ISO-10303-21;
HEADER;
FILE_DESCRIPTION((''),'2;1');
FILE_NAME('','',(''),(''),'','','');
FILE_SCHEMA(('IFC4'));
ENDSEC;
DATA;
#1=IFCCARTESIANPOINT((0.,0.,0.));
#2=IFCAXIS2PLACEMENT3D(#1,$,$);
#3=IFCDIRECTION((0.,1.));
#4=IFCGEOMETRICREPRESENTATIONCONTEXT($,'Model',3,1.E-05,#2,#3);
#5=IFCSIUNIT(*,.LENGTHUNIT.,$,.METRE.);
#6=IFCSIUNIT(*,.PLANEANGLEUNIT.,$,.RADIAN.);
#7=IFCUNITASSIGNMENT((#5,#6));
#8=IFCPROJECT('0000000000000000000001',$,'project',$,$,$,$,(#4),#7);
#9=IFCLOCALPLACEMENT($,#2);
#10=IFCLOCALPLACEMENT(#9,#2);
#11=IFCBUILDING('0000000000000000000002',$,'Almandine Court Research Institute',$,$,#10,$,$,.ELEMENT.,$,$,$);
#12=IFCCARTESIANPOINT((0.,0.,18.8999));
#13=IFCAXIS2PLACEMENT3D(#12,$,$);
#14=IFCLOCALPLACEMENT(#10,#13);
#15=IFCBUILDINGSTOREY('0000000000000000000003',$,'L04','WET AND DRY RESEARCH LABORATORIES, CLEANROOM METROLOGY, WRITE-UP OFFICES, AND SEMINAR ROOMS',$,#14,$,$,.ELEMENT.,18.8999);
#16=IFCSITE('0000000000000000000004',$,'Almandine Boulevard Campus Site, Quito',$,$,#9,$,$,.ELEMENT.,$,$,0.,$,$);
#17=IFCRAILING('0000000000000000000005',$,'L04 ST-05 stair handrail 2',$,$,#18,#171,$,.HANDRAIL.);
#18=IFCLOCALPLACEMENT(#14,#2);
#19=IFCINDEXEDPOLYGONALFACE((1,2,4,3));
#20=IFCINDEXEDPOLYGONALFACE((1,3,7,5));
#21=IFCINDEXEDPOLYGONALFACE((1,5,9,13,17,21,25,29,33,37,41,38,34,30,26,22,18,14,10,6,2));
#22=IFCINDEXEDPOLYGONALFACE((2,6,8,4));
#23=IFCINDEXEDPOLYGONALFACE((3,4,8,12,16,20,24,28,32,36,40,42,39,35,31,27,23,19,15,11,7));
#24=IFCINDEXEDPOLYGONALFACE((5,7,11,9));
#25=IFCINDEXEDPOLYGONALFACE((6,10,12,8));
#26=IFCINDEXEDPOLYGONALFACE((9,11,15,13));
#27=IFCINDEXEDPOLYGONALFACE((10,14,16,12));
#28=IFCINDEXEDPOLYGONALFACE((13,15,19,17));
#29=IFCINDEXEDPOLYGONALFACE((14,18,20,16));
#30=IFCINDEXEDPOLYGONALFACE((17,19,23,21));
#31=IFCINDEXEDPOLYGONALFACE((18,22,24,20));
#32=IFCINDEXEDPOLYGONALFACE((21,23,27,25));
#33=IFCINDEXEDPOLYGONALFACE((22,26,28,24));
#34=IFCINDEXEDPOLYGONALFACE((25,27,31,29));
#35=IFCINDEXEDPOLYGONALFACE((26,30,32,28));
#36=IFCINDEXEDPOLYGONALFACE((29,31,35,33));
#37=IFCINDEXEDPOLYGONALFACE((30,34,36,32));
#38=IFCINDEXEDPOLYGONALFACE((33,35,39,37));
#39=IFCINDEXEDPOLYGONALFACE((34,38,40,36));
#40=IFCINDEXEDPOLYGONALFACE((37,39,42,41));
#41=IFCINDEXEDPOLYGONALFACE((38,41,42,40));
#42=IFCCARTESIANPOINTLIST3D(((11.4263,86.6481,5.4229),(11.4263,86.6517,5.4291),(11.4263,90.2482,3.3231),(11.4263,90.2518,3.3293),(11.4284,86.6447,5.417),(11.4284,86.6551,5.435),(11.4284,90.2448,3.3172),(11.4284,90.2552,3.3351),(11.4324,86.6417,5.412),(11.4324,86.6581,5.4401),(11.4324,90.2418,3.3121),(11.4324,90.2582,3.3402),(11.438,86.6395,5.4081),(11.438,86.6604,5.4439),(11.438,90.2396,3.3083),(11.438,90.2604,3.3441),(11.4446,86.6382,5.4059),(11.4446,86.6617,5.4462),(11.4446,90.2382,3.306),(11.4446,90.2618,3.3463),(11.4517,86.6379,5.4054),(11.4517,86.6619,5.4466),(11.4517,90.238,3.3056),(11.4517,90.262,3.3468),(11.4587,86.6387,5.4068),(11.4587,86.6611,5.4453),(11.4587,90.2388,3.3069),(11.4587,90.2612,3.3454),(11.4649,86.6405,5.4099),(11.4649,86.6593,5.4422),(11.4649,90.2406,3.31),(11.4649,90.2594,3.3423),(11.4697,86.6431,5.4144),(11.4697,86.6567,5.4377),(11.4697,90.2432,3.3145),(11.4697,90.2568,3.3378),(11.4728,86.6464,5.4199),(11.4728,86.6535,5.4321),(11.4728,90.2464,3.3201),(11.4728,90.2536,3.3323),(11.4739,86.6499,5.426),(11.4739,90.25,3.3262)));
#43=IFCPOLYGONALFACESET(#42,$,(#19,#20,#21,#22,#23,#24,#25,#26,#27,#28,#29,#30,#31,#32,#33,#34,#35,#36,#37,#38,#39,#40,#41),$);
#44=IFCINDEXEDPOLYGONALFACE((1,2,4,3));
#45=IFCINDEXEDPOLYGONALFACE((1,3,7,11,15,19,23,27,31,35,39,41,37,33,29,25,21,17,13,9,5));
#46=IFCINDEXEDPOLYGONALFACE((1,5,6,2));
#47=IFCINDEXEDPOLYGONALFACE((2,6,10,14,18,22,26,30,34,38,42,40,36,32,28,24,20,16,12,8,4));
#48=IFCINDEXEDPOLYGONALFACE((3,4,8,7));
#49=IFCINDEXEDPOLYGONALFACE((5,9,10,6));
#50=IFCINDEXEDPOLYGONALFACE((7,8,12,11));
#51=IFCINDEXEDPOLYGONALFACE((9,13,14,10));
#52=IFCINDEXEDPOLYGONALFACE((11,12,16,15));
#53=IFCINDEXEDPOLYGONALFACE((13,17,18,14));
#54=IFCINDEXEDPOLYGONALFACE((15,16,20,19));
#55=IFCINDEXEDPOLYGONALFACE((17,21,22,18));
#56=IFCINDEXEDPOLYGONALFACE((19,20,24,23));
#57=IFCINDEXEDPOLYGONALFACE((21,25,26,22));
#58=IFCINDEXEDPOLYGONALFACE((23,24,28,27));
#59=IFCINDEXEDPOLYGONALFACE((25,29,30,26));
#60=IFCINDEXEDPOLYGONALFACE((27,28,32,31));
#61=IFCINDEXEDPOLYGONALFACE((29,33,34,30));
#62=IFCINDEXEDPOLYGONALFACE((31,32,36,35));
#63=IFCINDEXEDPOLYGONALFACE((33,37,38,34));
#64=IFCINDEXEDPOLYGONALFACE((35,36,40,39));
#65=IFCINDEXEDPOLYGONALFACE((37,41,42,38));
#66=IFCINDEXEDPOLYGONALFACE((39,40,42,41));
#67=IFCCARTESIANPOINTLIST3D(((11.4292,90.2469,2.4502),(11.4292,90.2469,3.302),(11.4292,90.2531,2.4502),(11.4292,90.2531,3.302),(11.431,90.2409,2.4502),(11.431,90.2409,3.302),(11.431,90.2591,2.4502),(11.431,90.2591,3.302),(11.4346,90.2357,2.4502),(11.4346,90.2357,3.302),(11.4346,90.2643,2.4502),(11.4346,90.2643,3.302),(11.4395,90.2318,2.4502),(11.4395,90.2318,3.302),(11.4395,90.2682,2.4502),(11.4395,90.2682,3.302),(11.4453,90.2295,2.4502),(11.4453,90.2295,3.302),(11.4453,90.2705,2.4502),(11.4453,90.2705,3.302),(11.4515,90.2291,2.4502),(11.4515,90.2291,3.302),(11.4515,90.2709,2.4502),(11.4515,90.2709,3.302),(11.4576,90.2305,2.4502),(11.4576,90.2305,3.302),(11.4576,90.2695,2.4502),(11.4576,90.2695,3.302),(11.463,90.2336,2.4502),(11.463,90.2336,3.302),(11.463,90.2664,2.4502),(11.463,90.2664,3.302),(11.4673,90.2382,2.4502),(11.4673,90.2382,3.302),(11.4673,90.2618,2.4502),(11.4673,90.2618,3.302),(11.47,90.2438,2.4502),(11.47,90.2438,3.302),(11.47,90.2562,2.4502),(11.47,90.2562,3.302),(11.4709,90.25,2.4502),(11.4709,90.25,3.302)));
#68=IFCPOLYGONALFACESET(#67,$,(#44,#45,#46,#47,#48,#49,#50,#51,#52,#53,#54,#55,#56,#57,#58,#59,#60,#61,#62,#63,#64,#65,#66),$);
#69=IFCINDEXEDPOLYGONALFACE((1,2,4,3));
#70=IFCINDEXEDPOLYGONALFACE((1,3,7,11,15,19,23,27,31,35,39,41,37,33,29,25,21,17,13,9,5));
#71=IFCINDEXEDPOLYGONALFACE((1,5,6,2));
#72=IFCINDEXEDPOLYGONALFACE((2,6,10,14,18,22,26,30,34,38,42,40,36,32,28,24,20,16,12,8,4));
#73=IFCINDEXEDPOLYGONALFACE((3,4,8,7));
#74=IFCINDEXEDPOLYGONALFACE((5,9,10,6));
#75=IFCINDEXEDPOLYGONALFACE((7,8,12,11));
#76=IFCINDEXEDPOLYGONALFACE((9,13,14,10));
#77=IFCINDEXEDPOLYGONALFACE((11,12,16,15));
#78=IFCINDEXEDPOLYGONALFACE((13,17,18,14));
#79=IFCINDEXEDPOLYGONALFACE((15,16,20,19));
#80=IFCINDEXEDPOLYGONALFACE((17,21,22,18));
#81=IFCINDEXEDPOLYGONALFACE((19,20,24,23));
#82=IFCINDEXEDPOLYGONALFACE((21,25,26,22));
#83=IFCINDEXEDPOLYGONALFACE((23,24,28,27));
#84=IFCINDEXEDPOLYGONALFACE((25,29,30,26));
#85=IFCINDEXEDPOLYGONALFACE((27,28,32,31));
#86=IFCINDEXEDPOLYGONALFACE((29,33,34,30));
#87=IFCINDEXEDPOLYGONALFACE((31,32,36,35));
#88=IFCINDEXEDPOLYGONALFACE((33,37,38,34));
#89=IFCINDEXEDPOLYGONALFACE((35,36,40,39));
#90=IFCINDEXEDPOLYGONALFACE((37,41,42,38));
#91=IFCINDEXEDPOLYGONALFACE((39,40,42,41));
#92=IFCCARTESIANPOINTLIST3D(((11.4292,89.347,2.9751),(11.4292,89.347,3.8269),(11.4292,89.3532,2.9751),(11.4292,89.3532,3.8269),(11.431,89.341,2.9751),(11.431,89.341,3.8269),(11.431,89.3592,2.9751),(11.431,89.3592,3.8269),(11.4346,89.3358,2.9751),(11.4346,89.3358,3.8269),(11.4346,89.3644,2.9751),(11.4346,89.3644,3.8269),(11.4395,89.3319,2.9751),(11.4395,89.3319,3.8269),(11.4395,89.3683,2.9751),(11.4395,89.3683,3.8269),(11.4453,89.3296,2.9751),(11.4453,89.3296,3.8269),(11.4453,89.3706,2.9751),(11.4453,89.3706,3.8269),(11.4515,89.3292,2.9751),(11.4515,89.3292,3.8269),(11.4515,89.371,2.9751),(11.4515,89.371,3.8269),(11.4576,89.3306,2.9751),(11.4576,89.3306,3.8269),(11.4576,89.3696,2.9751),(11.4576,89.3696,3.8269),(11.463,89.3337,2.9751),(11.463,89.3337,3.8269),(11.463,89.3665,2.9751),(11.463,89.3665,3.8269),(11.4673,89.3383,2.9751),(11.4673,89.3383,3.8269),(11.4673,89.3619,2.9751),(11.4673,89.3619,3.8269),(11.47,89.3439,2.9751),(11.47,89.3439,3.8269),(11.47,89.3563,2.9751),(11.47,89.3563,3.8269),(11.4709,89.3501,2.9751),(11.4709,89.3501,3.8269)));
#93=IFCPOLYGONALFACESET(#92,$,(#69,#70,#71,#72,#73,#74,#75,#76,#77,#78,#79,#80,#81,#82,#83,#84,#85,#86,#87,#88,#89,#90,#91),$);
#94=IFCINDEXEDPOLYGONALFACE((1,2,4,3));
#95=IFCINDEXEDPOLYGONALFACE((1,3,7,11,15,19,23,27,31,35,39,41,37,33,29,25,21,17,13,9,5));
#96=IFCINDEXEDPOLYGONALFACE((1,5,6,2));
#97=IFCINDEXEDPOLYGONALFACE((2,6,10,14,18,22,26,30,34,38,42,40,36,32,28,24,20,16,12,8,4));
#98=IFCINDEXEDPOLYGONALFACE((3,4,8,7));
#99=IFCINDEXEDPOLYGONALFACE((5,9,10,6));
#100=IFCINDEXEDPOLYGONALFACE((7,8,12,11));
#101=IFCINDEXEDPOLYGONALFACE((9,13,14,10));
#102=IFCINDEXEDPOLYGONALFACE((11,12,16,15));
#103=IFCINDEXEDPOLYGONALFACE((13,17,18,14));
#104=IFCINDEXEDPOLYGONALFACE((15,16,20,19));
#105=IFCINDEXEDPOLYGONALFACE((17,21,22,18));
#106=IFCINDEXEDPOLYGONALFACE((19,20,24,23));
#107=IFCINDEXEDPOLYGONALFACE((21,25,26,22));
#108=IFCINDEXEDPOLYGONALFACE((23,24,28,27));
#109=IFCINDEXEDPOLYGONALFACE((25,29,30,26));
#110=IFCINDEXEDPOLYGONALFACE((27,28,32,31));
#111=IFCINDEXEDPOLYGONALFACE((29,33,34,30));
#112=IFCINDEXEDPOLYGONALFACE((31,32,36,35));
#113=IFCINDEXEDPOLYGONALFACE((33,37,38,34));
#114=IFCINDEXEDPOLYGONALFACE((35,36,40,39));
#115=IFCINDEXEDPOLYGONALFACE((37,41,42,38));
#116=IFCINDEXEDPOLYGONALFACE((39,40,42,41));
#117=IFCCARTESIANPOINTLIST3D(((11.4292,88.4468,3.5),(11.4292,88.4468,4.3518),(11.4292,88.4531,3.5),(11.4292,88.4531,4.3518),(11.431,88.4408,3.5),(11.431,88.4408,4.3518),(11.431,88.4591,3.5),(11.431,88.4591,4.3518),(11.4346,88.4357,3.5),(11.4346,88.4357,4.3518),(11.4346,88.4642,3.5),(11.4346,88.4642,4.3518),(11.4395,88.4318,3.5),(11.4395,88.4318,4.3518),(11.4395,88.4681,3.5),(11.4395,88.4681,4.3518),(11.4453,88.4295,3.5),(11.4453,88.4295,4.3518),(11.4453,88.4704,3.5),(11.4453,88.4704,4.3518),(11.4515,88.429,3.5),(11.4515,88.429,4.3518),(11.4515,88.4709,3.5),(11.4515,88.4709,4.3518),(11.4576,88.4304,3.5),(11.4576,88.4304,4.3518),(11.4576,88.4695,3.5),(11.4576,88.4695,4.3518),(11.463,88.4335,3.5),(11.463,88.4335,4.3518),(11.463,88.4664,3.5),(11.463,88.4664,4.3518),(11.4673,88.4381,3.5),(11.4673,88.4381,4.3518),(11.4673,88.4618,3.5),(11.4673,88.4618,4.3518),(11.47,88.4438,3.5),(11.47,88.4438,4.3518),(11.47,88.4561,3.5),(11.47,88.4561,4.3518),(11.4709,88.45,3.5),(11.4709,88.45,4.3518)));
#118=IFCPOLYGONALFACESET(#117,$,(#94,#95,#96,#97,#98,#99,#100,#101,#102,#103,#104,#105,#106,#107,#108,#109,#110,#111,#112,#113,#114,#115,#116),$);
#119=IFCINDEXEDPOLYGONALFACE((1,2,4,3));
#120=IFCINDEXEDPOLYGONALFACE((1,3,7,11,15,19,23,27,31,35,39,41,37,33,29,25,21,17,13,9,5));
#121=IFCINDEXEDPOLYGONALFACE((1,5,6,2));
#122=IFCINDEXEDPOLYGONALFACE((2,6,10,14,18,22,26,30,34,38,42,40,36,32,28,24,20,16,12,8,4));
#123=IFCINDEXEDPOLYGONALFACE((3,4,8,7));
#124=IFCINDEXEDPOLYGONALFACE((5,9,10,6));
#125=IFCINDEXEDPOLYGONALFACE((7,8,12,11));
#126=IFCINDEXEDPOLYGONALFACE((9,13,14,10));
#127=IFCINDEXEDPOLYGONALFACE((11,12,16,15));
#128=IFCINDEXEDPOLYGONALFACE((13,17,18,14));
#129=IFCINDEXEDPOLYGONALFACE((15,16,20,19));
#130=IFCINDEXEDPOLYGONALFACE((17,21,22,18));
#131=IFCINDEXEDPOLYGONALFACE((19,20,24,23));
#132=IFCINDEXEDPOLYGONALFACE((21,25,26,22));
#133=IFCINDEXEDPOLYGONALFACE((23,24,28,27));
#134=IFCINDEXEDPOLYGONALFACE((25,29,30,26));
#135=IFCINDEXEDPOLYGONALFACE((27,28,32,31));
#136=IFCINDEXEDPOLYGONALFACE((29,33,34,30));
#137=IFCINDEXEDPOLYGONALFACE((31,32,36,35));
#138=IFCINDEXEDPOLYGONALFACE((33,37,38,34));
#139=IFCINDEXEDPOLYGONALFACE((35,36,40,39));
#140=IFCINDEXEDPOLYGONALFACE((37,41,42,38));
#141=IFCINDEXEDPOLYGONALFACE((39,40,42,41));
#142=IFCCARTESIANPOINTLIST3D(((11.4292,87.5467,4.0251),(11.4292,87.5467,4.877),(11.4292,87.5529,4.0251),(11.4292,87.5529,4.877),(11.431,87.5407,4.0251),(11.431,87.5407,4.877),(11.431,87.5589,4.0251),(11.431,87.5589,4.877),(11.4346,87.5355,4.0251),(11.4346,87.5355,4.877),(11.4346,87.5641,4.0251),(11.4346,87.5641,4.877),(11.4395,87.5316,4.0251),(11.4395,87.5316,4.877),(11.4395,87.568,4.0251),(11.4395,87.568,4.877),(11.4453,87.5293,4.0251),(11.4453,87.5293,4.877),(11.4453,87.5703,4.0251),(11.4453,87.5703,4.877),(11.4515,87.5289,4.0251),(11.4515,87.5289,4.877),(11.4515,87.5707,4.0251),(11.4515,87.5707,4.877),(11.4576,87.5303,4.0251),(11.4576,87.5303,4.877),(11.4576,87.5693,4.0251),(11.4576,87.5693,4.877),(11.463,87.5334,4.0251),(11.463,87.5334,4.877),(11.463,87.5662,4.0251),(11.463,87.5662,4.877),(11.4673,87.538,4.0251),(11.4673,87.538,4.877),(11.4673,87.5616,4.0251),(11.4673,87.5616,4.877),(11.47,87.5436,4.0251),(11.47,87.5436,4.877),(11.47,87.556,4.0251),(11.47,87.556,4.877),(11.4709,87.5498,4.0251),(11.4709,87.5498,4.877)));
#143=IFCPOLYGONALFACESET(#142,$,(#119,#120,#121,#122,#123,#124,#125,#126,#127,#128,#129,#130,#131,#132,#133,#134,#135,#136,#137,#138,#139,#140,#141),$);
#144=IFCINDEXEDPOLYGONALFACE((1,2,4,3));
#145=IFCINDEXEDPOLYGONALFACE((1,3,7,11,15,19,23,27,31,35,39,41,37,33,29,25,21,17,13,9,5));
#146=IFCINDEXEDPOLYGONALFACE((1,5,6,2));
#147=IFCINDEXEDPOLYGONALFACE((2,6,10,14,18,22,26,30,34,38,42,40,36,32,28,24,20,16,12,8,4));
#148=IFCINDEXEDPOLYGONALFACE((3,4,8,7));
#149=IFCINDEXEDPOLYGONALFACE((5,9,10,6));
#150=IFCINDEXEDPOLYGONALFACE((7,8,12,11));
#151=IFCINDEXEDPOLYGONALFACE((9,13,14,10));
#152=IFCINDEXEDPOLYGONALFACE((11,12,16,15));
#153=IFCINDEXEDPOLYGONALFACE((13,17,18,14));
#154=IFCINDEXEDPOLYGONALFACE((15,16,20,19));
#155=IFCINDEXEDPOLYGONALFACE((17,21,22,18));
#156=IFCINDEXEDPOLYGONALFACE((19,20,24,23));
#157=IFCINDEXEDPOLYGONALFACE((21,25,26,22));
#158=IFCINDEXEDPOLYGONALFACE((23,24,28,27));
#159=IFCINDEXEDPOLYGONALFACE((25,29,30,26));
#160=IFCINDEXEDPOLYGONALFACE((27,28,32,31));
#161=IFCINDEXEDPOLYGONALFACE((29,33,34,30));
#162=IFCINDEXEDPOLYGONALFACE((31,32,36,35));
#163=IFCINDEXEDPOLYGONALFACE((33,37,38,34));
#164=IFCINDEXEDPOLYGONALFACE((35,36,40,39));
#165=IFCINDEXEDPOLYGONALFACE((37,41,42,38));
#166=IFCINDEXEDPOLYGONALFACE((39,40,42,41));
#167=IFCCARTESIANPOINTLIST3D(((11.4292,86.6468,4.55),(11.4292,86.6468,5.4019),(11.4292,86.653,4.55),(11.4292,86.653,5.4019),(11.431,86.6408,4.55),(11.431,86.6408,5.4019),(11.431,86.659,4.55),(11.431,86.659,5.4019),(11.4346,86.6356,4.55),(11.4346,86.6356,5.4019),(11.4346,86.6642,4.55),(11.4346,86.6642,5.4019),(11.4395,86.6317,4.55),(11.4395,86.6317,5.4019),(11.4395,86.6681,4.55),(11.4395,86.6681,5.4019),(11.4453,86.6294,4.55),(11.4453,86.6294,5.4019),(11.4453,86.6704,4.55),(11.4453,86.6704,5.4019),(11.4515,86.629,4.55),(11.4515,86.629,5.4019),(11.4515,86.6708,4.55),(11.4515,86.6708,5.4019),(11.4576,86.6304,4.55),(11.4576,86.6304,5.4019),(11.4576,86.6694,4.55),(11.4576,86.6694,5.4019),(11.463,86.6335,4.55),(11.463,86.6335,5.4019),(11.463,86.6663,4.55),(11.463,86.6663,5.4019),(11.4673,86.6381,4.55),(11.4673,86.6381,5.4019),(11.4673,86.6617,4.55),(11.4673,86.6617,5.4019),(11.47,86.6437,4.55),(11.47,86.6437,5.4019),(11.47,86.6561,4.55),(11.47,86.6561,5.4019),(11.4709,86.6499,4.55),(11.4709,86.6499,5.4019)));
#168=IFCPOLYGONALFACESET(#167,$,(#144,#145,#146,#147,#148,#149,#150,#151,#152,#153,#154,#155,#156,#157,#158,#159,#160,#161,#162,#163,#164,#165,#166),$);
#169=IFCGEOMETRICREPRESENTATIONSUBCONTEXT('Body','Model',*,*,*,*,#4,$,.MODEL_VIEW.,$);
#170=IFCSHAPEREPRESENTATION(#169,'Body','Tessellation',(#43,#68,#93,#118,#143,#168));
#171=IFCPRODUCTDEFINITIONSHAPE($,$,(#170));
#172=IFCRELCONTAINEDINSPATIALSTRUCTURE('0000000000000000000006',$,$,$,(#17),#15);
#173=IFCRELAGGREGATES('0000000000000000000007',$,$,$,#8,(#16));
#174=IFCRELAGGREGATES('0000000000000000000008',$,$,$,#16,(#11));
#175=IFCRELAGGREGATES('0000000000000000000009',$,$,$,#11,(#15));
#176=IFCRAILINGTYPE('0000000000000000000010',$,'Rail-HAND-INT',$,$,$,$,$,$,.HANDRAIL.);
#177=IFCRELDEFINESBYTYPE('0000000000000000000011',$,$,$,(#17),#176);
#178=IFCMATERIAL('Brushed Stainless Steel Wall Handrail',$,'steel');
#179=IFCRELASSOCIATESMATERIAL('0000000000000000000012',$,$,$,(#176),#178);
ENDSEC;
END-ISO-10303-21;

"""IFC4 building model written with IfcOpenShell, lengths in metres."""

from ifc_helpers import new_model, si_unit, direction, frame, origin, origin_2d, place, context, subcontext, project, spatial, circle, extrude, material, type_object, element, save


model = new_model("IFC4")

# Units and contexts
model_context = context("Model", 3, precision=1e-05, world=origin(), true_north=direction((0.0, 1.0)))
body_context = subcontext(model_context, "Body", "Model", "MODEL_VIEW")
ifc_project = project(units=[si_unit("LENGTHUNIT", "METRE"), si_unit("PLANEANGLEUNIT", "RADIAN")], contexts=[model_context])

# Site, building, storey
site_placement = place(None, origin())
site = spatial("IfcSite", under=ifc_project, at=site_placement, Name="Almandine Boulevard Campus Site, Quito", CompositionType="ELEMENT", RefElevation=0.0)
building_placement = place(site_placement, origin())
building = spatial("IfcBuilding", under=site, at=building_placement, Name="Almandine Court Research Institute", CompositionType="ELEMENT")
storey_placement = place(building_placement, frame((0.0, 0.0, 18.8999)))
storey = spatial("IfcBuildingStorey", under=building, at=storey_placement, Name="L04", Description="WET AND DRY RESEARCH LABORATORIES, CLEANROOM METROLOGY, WRITE-UP OFFICES, AND SEMINAR ROOMS", CompositionType="ELEMENT", Elevation=18.8999)

# Railing
ifc_material_1 = material(Name="Brushed Stainless Steel Wall Handrail", Category="steel")
railing_type_1 = type_object("IfcRailingType", Name="Rail-HAND-INT", PredefinedType="HANDRAIL", material=ifc_material_1)
railing_1_placement = place(storey_placement, frame((11.45, 90.25, 2.4502)))
element("IfcRailing", 1, at=railing_1_placement, inside=storey, type_object=railing_type_1, Name="L04 ST-05 stair handrail 2", PredefinedType="HANDRAIL", context=body_context, shape_type="SweptSolid", body=[
    extrude(circle(Radius=0.0239, at=origin_2d()), frame((0.0, 0.0, 0.876), z_axis=(0.0, -0.8638, 0.503835), x_axis=(1.0, 0.0, 0.0)), (0.0, 0.0, 1.0), 4.1677),
    extrude(circle(Radius=0.021, at=origin_2d()), origin(), (0.0, 0.0, 1.0), 0.8518),
    extrude(circle(Radius=0.021, at=origin_2d()), frame((0.0, -0.8999, 0.5249)), (0.0, 0.0, 1.0), 0.8518),
    extrude(circle(Radius=0.021, at=origin_2d()), frame((0.0, -1.8, 1.0498)), (0.0, 0.0, 1.0), 0.8518),
    extrude(circle(Radius=0.021, at=origin_2d()), frame((0.0, -2.7002, 1.575)), (0.0, 0.0, 1.0), 0.8518),
    extrude(circle(Radius=0.021, at=origin_2d()), frame((0.0, -3.6001, 2.0999)), (0.0, 0.0, 1.0), 0.8518),
])

save(model, "model.ifc")
